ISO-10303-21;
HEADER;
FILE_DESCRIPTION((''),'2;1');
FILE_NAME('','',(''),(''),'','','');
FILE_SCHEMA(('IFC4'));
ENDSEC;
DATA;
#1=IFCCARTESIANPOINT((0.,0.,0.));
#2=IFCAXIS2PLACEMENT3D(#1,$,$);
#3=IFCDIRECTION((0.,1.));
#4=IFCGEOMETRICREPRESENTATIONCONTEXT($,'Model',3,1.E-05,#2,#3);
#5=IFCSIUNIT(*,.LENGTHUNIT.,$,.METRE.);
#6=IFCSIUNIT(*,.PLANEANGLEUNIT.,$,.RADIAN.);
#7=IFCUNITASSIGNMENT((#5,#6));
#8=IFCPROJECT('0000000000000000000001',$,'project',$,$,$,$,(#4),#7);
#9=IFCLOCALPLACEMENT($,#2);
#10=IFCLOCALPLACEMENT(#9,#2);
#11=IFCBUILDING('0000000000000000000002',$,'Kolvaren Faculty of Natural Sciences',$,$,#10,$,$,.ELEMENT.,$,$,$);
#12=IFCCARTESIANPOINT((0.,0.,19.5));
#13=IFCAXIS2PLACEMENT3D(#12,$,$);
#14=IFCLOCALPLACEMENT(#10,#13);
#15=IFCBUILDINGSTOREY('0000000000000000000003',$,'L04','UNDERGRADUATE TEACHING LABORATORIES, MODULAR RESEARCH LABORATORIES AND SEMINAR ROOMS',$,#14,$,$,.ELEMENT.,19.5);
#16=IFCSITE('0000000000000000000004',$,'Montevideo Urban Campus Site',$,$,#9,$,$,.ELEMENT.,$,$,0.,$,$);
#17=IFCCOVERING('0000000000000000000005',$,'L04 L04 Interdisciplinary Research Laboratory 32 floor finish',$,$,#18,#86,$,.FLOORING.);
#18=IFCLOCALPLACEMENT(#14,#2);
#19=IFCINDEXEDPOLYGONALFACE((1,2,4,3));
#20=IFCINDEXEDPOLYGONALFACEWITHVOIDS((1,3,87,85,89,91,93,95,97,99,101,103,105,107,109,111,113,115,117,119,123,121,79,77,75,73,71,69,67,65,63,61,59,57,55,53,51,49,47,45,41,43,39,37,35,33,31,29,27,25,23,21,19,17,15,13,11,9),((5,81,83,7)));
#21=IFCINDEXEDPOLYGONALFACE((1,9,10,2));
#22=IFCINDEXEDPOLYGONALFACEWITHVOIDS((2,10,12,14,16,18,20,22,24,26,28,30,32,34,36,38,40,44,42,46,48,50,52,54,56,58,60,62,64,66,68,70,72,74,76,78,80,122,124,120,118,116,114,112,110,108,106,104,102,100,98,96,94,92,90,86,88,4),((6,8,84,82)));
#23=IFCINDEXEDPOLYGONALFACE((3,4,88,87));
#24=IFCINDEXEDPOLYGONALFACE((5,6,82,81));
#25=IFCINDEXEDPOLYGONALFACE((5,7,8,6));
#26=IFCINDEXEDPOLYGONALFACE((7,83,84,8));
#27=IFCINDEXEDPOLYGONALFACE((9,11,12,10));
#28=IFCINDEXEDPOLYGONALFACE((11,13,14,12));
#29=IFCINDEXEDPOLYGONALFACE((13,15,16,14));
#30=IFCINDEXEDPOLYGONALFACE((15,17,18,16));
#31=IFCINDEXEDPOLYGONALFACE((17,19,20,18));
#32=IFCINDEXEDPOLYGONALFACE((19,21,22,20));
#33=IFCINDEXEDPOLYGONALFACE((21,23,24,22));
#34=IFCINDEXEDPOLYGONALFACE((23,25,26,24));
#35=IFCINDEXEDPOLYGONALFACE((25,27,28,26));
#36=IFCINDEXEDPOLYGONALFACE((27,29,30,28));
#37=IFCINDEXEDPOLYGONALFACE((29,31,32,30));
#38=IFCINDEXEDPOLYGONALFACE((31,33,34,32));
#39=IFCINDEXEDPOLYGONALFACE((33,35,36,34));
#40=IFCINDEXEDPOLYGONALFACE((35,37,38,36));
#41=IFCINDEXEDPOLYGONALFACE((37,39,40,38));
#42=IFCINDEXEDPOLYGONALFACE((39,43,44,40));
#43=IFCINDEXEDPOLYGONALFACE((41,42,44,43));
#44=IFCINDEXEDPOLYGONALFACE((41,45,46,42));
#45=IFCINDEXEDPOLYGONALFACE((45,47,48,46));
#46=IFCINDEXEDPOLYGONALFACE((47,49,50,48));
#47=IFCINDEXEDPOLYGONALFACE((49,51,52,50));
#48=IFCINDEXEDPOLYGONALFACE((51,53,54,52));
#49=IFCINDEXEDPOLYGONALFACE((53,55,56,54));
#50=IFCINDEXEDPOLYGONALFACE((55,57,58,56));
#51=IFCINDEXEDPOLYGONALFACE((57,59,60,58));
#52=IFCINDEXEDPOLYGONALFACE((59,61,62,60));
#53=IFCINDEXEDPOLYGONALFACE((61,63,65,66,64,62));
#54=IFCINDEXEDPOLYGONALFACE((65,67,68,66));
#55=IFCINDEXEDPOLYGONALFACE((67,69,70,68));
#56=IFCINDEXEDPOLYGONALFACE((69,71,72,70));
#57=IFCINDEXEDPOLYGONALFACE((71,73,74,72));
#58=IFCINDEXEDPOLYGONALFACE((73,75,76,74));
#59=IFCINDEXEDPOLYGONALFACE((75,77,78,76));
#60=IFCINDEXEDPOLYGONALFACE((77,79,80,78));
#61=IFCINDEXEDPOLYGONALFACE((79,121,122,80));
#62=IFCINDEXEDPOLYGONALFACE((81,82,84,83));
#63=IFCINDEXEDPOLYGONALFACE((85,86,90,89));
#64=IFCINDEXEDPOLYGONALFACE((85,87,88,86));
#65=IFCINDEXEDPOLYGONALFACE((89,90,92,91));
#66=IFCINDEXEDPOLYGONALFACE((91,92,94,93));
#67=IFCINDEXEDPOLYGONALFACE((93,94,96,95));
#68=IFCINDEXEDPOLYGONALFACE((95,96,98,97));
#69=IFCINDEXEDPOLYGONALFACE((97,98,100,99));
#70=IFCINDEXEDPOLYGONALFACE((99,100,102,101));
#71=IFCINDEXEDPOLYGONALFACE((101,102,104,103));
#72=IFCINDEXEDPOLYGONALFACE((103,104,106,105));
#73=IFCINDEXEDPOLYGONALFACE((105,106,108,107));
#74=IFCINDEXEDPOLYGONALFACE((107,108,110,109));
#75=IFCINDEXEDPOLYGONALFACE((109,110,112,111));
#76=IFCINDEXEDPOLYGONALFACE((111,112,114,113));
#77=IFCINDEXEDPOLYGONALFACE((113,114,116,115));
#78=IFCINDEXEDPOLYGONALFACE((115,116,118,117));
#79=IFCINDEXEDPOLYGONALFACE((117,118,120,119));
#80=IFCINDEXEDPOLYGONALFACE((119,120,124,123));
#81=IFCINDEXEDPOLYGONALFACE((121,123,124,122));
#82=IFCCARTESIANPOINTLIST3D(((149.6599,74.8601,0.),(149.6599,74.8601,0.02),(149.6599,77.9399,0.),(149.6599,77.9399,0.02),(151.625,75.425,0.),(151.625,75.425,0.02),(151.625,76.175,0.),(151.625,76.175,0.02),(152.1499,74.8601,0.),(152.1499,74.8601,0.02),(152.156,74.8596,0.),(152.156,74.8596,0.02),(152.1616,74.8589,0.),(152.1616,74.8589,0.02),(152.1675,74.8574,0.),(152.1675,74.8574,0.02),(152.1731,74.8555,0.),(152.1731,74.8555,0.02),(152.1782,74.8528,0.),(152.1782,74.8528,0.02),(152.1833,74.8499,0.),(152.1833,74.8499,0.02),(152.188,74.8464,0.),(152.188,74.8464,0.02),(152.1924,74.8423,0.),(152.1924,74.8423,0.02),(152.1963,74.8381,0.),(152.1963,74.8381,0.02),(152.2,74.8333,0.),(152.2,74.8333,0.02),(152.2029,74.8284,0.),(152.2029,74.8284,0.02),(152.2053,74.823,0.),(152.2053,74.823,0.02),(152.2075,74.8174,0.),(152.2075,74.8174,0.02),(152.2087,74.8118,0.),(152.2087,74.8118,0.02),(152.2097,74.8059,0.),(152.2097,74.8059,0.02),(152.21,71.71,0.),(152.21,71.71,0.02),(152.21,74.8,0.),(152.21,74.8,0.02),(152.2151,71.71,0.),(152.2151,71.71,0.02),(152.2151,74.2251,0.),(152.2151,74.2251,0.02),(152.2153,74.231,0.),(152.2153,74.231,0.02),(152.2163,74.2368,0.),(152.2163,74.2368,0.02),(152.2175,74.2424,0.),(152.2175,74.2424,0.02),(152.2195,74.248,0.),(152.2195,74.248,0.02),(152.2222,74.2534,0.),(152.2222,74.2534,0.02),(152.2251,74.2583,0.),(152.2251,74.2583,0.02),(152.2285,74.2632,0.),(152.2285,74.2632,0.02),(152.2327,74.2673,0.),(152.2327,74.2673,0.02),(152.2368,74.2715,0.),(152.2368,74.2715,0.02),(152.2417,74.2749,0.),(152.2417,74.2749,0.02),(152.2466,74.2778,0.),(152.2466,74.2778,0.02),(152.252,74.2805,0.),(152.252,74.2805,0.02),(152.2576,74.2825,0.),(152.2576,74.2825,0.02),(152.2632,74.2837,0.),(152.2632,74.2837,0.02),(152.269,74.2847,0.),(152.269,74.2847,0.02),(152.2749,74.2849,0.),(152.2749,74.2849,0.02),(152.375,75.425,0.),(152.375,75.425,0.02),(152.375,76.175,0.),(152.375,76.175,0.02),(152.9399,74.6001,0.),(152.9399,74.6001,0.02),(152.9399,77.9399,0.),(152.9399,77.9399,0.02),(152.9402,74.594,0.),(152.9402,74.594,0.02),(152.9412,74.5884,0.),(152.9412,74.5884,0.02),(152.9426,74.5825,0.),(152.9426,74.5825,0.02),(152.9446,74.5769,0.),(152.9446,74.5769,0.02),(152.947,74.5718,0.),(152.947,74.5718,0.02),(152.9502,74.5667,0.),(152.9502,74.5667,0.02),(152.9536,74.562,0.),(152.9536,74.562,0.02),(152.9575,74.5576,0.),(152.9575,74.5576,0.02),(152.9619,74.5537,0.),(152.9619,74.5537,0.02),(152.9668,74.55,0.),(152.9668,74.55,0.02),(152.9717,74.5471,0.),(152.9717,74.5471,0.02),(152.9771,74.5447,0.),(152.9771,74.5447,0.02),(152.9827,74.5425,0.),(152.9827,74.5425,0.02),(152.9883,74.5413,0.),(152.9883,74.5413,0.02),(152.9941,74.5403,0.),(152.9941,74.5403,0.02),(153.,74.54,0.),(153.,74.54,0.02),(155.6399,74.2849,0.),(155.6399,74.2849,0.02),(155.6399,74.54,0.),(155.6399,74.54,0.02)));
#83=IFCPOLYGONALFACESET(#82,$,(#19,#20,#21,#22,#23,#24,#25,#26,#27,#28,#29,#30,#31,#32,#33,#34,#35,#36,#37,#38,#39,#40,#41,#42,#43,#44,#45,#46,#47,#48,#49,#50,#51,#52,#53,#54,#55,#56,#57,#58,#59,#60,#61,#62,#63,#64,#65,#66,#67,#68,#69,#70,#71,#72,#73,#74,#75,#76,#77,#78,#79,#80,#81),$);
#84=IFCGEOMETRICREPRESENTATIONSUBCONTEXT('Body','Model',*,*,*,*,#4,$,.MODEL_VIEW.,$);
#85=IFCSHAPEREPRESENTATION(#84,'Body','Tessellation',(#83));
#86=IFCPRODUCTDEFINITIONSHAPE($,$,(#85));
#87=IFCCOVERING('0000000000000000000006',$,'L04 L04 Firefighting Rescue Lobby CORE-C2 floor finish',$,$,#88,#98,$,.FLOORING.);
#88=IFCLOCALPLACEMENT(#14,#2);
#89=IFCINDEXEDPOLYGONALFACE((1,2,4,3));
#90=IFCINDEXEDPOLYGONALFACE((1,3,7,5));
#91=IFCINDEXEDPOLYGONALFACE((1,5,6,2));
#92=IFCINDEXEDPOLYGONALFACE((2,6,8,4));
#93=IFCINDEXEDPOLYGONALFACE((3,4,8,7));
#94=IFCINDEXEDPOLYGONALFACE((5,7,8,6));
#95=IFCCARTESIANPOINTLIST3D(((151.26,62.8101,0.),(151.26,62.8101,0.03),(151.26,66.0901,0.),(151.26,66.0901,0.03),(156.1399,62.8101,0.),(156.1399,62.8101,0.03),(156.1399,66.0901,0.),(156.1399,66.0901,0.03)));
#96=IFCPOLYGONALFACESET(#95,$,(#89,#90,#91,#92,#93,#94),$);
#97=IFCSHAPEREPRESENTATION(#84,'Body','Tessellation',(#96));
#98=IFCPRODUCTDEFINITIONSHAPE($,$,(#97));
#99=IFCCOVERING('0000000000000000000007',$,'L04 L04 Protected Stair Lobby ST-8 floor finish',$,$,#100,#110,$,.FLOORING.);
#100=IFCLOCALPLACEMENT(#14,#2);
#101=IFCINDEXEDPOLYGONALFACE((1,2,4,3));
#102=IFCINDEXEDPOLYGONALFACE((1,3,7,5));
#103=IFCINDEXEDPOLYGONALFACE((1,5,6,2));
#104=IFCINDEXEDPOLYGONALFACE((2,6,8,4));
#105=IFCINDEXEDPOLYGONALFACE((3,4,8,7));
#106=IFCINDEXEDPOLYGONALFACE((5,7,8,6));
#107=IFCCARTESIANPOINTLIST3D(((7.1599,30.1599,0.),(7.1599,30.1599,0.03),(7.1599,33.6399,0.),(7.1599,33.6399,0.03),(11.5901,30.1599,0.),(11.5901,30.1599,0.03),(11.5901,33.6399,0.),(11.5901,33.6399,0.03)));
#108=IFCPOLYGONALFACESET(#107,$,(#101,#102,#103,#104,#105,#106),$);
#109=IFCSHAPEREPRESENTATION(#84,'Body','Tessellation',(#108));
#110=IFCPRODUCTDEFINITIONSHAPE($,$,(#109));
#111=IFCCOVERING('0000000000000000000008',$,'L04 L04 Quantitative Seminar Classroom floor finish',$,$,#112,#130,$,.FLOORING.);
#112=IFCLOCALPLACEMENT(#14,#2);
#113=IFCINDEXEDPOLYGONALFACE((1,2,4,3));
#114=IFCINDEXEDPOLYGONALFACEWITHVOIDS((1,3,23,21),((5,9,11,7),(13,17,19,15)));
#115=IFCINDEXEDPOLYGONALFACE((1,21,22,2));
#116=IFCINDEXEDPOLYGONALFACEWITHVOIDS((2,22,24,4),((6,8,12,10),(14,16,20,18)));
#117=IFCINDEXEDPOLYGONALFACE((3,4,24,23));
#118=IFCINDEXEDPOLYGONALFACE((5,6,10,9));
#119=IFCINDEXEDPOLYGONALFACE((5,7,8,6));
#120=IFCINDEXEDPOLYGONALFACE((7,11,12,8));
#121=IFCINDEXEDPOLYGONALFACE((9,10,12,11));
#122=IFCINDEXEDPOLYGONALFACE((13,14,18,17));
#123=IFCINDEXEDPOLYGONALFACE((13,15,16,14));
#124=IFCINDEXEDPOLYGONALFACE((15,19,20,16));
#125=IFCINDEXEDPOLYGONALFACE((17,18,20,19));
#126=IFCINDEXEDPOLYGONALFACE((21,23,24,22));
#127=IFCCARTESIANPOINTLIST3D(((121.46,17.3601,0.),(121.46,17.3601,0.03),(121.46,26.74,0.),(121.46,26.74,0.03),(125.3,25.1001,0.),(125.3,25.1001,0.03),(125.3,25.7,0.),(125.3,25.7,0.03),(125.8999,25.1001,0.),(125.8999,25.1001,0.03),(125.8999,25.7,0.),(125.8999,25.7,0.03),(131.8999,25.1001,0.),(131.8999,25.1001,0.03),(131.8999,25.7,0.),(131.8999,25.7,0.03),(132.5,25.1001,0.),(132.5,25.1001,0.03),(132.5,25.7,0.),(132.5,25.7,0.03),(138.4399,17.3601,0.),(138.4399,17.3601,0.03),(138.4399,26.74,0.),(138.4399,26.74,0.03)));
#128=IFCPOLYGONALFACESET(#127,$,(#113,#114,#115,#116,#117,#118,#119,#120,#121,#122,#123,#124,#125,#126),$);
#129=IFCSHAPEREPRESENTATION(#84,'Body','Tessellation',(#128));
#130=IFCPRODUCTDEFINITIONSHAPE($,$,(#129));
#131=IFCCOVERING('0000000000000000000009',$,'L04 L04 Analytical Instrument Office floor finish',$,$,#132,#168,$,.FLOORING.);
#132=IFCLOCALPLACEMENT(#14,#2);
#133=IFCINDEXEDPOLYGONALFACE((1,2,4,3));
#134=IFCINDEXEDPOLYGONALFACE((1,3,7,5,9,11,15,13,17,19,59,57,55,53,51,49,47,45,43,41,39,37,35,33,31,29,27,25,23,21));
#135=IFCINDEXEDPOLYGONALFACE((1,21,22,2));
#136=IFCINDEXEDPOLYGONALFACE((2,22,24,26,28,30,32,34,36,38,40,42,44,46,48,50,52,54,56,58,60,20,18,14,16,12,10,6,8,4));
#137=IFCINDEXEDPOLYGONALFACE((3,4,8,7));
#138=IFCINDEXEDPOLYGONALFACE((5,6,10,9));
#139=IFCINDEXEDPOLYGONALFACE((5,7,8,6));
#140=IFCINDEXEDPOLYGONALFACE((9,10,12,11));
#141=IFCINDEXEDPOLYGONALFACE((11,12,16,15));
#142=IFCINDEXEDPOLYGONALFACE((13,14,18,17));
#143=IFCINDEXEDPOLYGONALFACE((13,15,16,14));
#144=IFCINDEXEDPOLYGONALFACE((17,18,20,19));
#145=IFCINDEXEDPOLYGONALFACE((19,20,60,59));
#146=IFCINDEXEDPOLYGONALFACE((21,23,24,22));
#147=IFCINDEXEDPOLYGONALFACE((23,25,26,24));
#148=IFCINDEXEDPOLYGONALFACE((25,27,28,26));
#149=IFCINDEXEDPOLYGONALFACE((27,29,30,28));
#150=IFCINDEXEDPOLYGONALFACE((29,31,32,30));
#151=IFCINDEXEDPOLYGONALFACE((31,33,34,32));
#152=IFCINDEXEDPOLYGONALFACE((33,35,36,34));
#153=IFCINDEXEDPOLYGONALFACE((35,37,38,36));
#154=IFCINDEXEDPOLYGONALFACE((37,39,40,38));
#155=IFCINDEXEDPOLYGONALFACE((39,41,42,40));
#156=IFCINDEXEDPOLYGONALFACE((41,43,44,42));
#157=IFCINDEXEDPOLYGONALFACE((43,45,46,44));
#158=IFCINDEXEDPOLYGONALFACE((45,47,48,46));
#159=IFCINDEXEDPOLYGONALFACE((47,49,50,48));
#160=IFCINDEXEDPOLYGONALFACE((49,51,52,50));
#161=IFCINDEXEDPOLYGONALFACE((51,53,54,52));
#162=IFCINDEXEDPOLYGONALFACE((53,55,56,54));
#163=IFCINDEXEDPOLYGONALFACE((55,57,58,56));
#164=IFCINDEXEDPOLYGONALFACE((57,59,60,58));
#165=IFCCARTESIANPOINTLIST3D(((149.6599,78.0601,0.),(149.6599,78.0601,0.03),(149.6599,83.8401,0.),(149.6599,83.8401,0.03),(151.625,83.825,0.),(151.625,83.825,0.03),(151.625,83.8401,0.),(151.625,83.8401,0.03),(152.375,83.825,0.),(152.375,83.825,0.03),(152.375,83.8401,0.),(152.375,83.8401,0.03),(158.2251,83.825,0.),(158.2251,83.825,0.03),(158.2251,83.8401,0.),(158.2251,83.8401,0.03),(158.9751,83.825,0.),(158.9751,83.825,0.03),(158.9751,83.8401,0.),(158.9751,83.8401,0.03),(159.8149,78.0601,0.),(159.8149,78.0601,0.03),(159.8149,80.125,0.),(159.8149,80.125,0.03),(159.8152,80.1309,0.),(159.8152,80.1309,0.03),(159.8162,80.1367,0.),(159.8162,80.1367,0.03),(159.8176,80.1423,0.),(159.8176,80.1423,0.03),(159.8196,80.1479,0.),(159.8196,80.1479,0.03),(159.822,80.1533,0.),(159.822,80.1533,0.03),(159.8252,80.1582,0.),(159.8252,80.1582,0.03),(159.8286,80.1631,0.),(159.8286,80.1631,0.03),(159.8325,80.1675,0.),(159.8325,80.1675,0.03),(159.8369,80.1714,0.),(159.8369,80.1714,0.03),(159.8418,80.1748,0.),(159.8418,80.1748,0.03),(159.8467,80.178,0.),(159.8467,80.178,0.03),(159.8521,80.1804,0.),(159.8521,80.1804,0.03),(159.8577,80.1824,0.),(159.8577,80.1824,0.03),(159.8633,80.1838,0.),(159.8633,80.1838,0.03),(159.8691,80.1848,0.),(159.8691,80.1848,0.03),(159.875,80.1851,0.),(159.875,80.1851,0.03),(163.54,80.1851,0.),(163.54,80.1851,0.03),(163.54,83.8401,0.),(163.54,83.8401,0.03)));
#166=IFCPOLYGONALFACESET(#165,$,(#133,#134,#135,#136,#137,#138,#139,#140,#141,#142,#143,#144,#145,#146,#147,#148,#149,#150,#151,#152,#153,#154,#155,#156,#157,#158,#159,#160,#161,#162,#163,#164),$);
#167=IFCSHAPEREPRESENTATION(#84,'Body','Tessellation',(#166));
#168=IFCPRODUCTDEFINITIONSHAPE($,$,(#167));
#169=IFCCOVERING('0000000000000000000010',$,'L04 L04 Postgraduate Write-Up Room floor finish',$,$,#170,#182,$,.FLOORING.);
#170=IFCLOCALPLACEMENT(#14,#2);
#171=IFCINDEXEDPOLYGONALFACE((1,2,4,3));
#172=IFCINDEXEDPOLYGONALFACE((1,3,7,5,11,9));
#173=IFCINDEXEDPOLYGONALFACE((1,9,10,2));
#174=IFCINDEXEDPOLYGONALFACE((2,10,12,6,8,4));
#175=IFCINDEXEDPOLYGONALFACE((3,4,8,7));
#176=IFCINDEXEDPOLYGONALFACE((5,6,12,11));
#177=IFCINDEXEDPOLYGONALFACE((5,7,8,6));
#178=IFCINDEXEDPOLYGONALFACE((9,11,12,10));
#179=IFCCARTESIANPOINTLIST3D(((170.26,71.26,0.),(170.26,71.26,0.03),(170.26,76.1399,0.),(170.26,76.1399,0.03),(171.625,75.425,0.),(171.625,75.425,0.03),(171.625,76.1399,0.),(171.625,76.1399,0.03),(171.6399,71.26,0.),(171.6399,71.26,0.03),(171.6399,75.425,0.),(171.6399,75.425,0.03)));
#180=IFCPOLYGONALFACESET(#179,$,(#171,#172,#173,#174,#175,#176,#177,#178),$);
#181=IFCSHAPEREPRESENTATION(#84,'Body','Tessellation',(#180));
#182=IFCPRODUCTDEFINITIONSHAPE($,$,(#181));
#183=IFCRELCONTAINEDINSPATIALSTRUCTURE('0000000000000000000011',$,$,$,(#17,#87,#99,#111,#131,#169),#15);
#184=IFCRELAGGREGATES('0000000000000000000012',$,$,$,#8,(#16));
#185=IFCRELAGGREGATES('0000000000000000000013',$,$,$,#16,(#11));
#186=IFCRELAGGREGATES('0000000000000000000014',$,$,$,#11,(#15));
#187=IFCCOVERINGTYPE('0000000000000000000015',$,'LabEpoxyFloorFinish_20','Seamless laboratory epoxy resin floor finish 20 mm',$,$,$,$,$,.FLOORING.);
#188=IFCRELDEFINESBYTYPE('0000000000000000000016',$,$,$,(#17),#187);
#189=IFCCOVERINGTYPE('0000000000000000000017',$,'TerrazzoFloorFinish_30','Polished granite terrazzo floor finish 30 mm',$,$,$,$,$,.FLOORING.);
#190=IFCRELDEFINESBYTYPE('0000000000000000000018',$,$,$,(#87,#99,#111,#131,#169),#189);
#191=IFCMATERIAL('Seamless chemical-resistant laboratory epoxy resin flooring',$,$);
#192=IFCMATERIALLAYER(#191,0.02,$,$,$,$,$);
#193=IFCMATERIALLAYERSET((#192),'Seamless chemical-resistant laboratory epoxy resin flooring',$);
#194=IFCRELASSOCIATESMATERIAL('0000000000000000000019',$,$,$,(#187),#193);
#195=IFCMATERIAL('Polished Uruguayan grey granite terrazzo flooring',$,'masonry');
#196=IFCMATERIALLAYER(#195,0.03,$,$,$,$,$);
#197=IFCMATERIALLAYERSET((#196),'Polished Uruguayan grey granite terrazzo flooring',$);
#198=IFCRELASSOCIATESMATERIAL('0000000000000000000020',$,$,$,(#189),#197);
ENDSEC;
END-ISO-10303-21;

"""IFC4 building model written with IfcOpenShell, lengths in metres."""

from ifc_helpers import new_model, si_unit, direction, frame, origin, place, context, subcontext, project, spatial, polyline, outline, extrude, material, layer, layer_set, type_object, element, save


model = new_model("IFC4")

# Units and contexts
model_context = context("Model", 3, precision=1e-05, world=origin(), true_north=direction((0.0, 1.0)))
body_context = subcontext(model_context, "Body", "Model", "MODEL_VIEW")
ifc_project = project(units=[si_unit("LENGTHUNIT", "METRE"), si_unit("PLANEANGLEUNIT", "RADIAN")], contexts=[model_context])

# Site, building, storey
site_placement = place(None, origin())
site = spatial("IfcSite", under=ifc_project, at=site_placement, Name="Montevideo Urban Campus Site", CompositionType="ELEMENT", RefElevation=0.0)
building_placement = place(site_placement, origin())
building = spatial("IfcBuilding", under=site, at=building_placement, Name="Kolvaren Faculty of Natural Sciences", CompositionType="ELEMENT")
storey_placement = place(building_placement, frame((0.0, 0.0, 19.5)))
storey = spatial("IfcBuildingStorey", under=building, at=storey_placement, Name="L04", Description="UNDERGRADUATE TEACHING LABORATORIES, MODULAR RESEARCH LABORATORIES AND SEMINAR ROOMS", CompositionType="ELEMENT", Elevation=19.5)

# Coverings
ifc_material_1 = material(Name="Seamless chemical-resistant laboratory epoxy resin flooring")
ifc_layer_1 = layer(ifc_material_1, 0.02)
ifc_layer_set_1 = layer_set([ifc_layer_1], Name="Seamless chemical-resistant laboratory epoxy resin flooring")
covering_type_1 = type_object("IfcCoveringType", Name="LabEpoxyFloorFinish_20", Description="Seamless laboratory epoxy resin floor finish 20 mm", PredefinedType="FLOORING", material=ifc_layer_set_1)
covering_1_placement = place(storey_placement, origin())
element("IfcCovering", 1, at=covering_1_placement, inside=storey, type_object=covering_type_1, Name="L04 L04 Interdisciplinary Research Laboratory 32 floor finish", PredefinedType="FLOORING", context=body_context, shape_type="SweptSolid", body=[
    extrude(outline(polyline([(149.6599, 77.9399), (152.9399, 77.9399), (152.9399, 74.6001), (152.9402, 74.594), (152.9412, 74.5884), (152.9426, 74.5825), (152.9446, 74.5769), (152.947, 74.5718), (152.9502, 74.5667), (152.9536, 74.562), (152.9575, 74.5576), (152.9619, 74.5537), (152.9668, 74.55), (152.9717, 74.5471), (152.9771, 74.5447), (152.9827, 74.5425), (152.9883, 74.5413), (152.9941, 74.5403), (153.0, 74.54), (155.6399, 74.54), (155.6399, 74.2849), (152.2749, 74.2849), (152.269, 74.2847), (152.2632, 74.2837), (152.2576, 74.2825), (152.252, 74.2805), (152.2466, 74.2778), (152.2417, 74.2749), (152.2368, 74.2715), (152.2327, 74.2673), (152.2285, 74.2632), (152.2251, 74.2583), (152.2222, 74.2534), (152.2195, 74.248), (152.2175, 74.2424), (152.2163, 74.2368), (152.2153, 74.231), (152.2151, 74.2251), (152.2151, 71.71), (152.21, 71.71), (152.21, 74.8), (152.2097, 74.8059), (152.2087, 74.8118), (152.2075, 74.8174), (152.2053, 74.823), (152.2029, 74.8284), (152.2, 74.8333), (152.1963, 74.8381), (152.1924, 74.8423), (152.188, 74.8464), (152.1833, 74.8499), (152.1782, 74.8528), (152.1731, 74.8555), (152.1675, 74.8574), (152.1616, 74.8589), (152.156, 74.8596), (152.1499, 74.8601), (149.6599, 74.8601), (149.6599, 77.9399)]), holes=[polyline([(151.625, 76.175), (151.625, 75.425), (152.375, 75.425), (152.375, 76.175), (151.625, 76.175)])]), origin(), (0.0, 0.0, 1.0), 0.02),
])
ifc_material_2 = material(Name="Polished Uruguayan grey granite terrazzo flooring", Category="masonry")
ifc_layer_2 = layer(ifc_material_2, 0.03)
ifc_layer_set_2 = layer_set([ifc_layer_2], Name="Polished Uruguayan grey granite terrazzo flooring")
covering_type_2 = type_object("IfcCoveringType", Name="TerrazzoFloorFinish_30", Description="Polished granite terrazzo floor finish 30 mm", PredefinedType="FLOORING", material=ifc_layer_set_2)
covering_2_placement = place(storey_placement, origin())
element("IfcCovering", 2, at=covering_2_placement, inside=storey, type_object=covering_type_2, Name="L04 L04 Firefighting Rescue Lobby CORE-C2 floor finish", PredefinedType="FLOORING", context=body_context, shape_type="SweptSolid", body=[
    extrude(outline(polyline([(156.1399, 66.0901), (156.1399, 62.8101), (151.26, 62.8101), (151.26, 66.0901), (156.1399, 66.0901)])), origin(), (0.0, 0.0, 1.0), 0.03),
])
covering_3_placement = place(storey_placement, origin())
element("IfcCovering", 3, at=covering_3_placement, inside=storey, type_object=covering_type_2, Name="L04 L04 Protected Stair Lobby ST-8 floor finish", PredefinedType="FLOORING", context=body_context, shape_type="SweptSolid", body=[
    extrude(outline(polyline([(7.1599, 30.1599), (7.1599, 33.6399), (11.5901, 33.6399), (11.5901, 30.1599), (7.1599, 30.1599)])), origin(), (0.0, 0.0, 1.0), 0.03),
])
covering_4_placement = place(storey_placement, origin())
element("IfcCovering", 4, at=covering_4_placement, inside=storey, type_object=covering_type_2, Name="L04 L04 Quantitative Seminar Classroom floor finish", PredefinedType="FLOORING", context=body_context, shape_type="SweptSolid", body=[
    extrude(outline(polyline([(138.4399, 17.3601), (121.46, 17.3601), (121.46, 26.74), (138.4399, 26.74), (138.4399, 17.3601)]), holes=[polyline([(131.8999, 25.1001), (132.5, 25.1001), (132.5, 25.7), (131.8999, 25.7), (131.8999, 25.1001)]), polyline([(125.3, 25.1001), (125.8999, 25.1001), (125.8999, 25.7), (125.3, 25.7), (125.3, 25.1001)])]), origin(), (0.0, 0.0, 1.0), 0.03),
])
covering_5_placement = place(storey_placement, origin())
element("IfcCovering", 5, at=covering_5_placement, inside=storey, type_object=covering_type_2, Name="L04 L04 Analytical Instrument Office floor finish", PredefinedType="FLOORING", context=body_context, shape_type="SweptSolid", body=[
    extrude(outline(polyline([(149.6599, 83.8401), (151.625, 83.8401), (151.625, 83.825), (152.375, 83.825), (152.375, 83.8401), (158.2251, 83.8401), (158.2251, 83.825), (158.9751, 83.825), (158.9751, 83.8401), (163.54, 83.8401), (163.54, 80.1851), (159.875, 80.1851), (159.8691, 80.1848), (159.8633, 80.1838), (159.8577, 80.1824), (159.8521, 80.1804), (159.8467, 80.178), (159.8418, 80.1748), (159.8369, 80.1714), (159.8325, 80.1675), (159.8286, 80.1631), (159.8252, 80.1582), (159.822, 80.1533), (159.8196, 80.1479), (159.8176, 80.1423), (159.8162, 80.1367), (159.8152, 80.1309), (159.8149, 80.125), (159.8149, 78.0601), (149.6599, 78.0601), (149.6599, 83.8401)])), origin(), (0.0, 0.0, 1.0), 0.03),
])
covering_6_placement = place(storey_placement, origin())
element("IfcCovering", 6, at=covering_6_placement, inside=storey, type_object=covering_type_2, Name="L04 L04 Postgraduate Write-Up Room floor finish", PredefinedType="FLOORING", context=body_context, shape_type="SweptSolid", body=[
    extrude(outline(polyline([(171.625, 76.1399), (171.625, 75.425), (171.6399, 75.425), (171.6399, 71.26), (170.26, 71.26), (170.26, 76.1399), (171.625, 76.1399)])), origin(), (0.0, 0.0, 1.0), 0.03),
])

save(model, "model.ifc")
